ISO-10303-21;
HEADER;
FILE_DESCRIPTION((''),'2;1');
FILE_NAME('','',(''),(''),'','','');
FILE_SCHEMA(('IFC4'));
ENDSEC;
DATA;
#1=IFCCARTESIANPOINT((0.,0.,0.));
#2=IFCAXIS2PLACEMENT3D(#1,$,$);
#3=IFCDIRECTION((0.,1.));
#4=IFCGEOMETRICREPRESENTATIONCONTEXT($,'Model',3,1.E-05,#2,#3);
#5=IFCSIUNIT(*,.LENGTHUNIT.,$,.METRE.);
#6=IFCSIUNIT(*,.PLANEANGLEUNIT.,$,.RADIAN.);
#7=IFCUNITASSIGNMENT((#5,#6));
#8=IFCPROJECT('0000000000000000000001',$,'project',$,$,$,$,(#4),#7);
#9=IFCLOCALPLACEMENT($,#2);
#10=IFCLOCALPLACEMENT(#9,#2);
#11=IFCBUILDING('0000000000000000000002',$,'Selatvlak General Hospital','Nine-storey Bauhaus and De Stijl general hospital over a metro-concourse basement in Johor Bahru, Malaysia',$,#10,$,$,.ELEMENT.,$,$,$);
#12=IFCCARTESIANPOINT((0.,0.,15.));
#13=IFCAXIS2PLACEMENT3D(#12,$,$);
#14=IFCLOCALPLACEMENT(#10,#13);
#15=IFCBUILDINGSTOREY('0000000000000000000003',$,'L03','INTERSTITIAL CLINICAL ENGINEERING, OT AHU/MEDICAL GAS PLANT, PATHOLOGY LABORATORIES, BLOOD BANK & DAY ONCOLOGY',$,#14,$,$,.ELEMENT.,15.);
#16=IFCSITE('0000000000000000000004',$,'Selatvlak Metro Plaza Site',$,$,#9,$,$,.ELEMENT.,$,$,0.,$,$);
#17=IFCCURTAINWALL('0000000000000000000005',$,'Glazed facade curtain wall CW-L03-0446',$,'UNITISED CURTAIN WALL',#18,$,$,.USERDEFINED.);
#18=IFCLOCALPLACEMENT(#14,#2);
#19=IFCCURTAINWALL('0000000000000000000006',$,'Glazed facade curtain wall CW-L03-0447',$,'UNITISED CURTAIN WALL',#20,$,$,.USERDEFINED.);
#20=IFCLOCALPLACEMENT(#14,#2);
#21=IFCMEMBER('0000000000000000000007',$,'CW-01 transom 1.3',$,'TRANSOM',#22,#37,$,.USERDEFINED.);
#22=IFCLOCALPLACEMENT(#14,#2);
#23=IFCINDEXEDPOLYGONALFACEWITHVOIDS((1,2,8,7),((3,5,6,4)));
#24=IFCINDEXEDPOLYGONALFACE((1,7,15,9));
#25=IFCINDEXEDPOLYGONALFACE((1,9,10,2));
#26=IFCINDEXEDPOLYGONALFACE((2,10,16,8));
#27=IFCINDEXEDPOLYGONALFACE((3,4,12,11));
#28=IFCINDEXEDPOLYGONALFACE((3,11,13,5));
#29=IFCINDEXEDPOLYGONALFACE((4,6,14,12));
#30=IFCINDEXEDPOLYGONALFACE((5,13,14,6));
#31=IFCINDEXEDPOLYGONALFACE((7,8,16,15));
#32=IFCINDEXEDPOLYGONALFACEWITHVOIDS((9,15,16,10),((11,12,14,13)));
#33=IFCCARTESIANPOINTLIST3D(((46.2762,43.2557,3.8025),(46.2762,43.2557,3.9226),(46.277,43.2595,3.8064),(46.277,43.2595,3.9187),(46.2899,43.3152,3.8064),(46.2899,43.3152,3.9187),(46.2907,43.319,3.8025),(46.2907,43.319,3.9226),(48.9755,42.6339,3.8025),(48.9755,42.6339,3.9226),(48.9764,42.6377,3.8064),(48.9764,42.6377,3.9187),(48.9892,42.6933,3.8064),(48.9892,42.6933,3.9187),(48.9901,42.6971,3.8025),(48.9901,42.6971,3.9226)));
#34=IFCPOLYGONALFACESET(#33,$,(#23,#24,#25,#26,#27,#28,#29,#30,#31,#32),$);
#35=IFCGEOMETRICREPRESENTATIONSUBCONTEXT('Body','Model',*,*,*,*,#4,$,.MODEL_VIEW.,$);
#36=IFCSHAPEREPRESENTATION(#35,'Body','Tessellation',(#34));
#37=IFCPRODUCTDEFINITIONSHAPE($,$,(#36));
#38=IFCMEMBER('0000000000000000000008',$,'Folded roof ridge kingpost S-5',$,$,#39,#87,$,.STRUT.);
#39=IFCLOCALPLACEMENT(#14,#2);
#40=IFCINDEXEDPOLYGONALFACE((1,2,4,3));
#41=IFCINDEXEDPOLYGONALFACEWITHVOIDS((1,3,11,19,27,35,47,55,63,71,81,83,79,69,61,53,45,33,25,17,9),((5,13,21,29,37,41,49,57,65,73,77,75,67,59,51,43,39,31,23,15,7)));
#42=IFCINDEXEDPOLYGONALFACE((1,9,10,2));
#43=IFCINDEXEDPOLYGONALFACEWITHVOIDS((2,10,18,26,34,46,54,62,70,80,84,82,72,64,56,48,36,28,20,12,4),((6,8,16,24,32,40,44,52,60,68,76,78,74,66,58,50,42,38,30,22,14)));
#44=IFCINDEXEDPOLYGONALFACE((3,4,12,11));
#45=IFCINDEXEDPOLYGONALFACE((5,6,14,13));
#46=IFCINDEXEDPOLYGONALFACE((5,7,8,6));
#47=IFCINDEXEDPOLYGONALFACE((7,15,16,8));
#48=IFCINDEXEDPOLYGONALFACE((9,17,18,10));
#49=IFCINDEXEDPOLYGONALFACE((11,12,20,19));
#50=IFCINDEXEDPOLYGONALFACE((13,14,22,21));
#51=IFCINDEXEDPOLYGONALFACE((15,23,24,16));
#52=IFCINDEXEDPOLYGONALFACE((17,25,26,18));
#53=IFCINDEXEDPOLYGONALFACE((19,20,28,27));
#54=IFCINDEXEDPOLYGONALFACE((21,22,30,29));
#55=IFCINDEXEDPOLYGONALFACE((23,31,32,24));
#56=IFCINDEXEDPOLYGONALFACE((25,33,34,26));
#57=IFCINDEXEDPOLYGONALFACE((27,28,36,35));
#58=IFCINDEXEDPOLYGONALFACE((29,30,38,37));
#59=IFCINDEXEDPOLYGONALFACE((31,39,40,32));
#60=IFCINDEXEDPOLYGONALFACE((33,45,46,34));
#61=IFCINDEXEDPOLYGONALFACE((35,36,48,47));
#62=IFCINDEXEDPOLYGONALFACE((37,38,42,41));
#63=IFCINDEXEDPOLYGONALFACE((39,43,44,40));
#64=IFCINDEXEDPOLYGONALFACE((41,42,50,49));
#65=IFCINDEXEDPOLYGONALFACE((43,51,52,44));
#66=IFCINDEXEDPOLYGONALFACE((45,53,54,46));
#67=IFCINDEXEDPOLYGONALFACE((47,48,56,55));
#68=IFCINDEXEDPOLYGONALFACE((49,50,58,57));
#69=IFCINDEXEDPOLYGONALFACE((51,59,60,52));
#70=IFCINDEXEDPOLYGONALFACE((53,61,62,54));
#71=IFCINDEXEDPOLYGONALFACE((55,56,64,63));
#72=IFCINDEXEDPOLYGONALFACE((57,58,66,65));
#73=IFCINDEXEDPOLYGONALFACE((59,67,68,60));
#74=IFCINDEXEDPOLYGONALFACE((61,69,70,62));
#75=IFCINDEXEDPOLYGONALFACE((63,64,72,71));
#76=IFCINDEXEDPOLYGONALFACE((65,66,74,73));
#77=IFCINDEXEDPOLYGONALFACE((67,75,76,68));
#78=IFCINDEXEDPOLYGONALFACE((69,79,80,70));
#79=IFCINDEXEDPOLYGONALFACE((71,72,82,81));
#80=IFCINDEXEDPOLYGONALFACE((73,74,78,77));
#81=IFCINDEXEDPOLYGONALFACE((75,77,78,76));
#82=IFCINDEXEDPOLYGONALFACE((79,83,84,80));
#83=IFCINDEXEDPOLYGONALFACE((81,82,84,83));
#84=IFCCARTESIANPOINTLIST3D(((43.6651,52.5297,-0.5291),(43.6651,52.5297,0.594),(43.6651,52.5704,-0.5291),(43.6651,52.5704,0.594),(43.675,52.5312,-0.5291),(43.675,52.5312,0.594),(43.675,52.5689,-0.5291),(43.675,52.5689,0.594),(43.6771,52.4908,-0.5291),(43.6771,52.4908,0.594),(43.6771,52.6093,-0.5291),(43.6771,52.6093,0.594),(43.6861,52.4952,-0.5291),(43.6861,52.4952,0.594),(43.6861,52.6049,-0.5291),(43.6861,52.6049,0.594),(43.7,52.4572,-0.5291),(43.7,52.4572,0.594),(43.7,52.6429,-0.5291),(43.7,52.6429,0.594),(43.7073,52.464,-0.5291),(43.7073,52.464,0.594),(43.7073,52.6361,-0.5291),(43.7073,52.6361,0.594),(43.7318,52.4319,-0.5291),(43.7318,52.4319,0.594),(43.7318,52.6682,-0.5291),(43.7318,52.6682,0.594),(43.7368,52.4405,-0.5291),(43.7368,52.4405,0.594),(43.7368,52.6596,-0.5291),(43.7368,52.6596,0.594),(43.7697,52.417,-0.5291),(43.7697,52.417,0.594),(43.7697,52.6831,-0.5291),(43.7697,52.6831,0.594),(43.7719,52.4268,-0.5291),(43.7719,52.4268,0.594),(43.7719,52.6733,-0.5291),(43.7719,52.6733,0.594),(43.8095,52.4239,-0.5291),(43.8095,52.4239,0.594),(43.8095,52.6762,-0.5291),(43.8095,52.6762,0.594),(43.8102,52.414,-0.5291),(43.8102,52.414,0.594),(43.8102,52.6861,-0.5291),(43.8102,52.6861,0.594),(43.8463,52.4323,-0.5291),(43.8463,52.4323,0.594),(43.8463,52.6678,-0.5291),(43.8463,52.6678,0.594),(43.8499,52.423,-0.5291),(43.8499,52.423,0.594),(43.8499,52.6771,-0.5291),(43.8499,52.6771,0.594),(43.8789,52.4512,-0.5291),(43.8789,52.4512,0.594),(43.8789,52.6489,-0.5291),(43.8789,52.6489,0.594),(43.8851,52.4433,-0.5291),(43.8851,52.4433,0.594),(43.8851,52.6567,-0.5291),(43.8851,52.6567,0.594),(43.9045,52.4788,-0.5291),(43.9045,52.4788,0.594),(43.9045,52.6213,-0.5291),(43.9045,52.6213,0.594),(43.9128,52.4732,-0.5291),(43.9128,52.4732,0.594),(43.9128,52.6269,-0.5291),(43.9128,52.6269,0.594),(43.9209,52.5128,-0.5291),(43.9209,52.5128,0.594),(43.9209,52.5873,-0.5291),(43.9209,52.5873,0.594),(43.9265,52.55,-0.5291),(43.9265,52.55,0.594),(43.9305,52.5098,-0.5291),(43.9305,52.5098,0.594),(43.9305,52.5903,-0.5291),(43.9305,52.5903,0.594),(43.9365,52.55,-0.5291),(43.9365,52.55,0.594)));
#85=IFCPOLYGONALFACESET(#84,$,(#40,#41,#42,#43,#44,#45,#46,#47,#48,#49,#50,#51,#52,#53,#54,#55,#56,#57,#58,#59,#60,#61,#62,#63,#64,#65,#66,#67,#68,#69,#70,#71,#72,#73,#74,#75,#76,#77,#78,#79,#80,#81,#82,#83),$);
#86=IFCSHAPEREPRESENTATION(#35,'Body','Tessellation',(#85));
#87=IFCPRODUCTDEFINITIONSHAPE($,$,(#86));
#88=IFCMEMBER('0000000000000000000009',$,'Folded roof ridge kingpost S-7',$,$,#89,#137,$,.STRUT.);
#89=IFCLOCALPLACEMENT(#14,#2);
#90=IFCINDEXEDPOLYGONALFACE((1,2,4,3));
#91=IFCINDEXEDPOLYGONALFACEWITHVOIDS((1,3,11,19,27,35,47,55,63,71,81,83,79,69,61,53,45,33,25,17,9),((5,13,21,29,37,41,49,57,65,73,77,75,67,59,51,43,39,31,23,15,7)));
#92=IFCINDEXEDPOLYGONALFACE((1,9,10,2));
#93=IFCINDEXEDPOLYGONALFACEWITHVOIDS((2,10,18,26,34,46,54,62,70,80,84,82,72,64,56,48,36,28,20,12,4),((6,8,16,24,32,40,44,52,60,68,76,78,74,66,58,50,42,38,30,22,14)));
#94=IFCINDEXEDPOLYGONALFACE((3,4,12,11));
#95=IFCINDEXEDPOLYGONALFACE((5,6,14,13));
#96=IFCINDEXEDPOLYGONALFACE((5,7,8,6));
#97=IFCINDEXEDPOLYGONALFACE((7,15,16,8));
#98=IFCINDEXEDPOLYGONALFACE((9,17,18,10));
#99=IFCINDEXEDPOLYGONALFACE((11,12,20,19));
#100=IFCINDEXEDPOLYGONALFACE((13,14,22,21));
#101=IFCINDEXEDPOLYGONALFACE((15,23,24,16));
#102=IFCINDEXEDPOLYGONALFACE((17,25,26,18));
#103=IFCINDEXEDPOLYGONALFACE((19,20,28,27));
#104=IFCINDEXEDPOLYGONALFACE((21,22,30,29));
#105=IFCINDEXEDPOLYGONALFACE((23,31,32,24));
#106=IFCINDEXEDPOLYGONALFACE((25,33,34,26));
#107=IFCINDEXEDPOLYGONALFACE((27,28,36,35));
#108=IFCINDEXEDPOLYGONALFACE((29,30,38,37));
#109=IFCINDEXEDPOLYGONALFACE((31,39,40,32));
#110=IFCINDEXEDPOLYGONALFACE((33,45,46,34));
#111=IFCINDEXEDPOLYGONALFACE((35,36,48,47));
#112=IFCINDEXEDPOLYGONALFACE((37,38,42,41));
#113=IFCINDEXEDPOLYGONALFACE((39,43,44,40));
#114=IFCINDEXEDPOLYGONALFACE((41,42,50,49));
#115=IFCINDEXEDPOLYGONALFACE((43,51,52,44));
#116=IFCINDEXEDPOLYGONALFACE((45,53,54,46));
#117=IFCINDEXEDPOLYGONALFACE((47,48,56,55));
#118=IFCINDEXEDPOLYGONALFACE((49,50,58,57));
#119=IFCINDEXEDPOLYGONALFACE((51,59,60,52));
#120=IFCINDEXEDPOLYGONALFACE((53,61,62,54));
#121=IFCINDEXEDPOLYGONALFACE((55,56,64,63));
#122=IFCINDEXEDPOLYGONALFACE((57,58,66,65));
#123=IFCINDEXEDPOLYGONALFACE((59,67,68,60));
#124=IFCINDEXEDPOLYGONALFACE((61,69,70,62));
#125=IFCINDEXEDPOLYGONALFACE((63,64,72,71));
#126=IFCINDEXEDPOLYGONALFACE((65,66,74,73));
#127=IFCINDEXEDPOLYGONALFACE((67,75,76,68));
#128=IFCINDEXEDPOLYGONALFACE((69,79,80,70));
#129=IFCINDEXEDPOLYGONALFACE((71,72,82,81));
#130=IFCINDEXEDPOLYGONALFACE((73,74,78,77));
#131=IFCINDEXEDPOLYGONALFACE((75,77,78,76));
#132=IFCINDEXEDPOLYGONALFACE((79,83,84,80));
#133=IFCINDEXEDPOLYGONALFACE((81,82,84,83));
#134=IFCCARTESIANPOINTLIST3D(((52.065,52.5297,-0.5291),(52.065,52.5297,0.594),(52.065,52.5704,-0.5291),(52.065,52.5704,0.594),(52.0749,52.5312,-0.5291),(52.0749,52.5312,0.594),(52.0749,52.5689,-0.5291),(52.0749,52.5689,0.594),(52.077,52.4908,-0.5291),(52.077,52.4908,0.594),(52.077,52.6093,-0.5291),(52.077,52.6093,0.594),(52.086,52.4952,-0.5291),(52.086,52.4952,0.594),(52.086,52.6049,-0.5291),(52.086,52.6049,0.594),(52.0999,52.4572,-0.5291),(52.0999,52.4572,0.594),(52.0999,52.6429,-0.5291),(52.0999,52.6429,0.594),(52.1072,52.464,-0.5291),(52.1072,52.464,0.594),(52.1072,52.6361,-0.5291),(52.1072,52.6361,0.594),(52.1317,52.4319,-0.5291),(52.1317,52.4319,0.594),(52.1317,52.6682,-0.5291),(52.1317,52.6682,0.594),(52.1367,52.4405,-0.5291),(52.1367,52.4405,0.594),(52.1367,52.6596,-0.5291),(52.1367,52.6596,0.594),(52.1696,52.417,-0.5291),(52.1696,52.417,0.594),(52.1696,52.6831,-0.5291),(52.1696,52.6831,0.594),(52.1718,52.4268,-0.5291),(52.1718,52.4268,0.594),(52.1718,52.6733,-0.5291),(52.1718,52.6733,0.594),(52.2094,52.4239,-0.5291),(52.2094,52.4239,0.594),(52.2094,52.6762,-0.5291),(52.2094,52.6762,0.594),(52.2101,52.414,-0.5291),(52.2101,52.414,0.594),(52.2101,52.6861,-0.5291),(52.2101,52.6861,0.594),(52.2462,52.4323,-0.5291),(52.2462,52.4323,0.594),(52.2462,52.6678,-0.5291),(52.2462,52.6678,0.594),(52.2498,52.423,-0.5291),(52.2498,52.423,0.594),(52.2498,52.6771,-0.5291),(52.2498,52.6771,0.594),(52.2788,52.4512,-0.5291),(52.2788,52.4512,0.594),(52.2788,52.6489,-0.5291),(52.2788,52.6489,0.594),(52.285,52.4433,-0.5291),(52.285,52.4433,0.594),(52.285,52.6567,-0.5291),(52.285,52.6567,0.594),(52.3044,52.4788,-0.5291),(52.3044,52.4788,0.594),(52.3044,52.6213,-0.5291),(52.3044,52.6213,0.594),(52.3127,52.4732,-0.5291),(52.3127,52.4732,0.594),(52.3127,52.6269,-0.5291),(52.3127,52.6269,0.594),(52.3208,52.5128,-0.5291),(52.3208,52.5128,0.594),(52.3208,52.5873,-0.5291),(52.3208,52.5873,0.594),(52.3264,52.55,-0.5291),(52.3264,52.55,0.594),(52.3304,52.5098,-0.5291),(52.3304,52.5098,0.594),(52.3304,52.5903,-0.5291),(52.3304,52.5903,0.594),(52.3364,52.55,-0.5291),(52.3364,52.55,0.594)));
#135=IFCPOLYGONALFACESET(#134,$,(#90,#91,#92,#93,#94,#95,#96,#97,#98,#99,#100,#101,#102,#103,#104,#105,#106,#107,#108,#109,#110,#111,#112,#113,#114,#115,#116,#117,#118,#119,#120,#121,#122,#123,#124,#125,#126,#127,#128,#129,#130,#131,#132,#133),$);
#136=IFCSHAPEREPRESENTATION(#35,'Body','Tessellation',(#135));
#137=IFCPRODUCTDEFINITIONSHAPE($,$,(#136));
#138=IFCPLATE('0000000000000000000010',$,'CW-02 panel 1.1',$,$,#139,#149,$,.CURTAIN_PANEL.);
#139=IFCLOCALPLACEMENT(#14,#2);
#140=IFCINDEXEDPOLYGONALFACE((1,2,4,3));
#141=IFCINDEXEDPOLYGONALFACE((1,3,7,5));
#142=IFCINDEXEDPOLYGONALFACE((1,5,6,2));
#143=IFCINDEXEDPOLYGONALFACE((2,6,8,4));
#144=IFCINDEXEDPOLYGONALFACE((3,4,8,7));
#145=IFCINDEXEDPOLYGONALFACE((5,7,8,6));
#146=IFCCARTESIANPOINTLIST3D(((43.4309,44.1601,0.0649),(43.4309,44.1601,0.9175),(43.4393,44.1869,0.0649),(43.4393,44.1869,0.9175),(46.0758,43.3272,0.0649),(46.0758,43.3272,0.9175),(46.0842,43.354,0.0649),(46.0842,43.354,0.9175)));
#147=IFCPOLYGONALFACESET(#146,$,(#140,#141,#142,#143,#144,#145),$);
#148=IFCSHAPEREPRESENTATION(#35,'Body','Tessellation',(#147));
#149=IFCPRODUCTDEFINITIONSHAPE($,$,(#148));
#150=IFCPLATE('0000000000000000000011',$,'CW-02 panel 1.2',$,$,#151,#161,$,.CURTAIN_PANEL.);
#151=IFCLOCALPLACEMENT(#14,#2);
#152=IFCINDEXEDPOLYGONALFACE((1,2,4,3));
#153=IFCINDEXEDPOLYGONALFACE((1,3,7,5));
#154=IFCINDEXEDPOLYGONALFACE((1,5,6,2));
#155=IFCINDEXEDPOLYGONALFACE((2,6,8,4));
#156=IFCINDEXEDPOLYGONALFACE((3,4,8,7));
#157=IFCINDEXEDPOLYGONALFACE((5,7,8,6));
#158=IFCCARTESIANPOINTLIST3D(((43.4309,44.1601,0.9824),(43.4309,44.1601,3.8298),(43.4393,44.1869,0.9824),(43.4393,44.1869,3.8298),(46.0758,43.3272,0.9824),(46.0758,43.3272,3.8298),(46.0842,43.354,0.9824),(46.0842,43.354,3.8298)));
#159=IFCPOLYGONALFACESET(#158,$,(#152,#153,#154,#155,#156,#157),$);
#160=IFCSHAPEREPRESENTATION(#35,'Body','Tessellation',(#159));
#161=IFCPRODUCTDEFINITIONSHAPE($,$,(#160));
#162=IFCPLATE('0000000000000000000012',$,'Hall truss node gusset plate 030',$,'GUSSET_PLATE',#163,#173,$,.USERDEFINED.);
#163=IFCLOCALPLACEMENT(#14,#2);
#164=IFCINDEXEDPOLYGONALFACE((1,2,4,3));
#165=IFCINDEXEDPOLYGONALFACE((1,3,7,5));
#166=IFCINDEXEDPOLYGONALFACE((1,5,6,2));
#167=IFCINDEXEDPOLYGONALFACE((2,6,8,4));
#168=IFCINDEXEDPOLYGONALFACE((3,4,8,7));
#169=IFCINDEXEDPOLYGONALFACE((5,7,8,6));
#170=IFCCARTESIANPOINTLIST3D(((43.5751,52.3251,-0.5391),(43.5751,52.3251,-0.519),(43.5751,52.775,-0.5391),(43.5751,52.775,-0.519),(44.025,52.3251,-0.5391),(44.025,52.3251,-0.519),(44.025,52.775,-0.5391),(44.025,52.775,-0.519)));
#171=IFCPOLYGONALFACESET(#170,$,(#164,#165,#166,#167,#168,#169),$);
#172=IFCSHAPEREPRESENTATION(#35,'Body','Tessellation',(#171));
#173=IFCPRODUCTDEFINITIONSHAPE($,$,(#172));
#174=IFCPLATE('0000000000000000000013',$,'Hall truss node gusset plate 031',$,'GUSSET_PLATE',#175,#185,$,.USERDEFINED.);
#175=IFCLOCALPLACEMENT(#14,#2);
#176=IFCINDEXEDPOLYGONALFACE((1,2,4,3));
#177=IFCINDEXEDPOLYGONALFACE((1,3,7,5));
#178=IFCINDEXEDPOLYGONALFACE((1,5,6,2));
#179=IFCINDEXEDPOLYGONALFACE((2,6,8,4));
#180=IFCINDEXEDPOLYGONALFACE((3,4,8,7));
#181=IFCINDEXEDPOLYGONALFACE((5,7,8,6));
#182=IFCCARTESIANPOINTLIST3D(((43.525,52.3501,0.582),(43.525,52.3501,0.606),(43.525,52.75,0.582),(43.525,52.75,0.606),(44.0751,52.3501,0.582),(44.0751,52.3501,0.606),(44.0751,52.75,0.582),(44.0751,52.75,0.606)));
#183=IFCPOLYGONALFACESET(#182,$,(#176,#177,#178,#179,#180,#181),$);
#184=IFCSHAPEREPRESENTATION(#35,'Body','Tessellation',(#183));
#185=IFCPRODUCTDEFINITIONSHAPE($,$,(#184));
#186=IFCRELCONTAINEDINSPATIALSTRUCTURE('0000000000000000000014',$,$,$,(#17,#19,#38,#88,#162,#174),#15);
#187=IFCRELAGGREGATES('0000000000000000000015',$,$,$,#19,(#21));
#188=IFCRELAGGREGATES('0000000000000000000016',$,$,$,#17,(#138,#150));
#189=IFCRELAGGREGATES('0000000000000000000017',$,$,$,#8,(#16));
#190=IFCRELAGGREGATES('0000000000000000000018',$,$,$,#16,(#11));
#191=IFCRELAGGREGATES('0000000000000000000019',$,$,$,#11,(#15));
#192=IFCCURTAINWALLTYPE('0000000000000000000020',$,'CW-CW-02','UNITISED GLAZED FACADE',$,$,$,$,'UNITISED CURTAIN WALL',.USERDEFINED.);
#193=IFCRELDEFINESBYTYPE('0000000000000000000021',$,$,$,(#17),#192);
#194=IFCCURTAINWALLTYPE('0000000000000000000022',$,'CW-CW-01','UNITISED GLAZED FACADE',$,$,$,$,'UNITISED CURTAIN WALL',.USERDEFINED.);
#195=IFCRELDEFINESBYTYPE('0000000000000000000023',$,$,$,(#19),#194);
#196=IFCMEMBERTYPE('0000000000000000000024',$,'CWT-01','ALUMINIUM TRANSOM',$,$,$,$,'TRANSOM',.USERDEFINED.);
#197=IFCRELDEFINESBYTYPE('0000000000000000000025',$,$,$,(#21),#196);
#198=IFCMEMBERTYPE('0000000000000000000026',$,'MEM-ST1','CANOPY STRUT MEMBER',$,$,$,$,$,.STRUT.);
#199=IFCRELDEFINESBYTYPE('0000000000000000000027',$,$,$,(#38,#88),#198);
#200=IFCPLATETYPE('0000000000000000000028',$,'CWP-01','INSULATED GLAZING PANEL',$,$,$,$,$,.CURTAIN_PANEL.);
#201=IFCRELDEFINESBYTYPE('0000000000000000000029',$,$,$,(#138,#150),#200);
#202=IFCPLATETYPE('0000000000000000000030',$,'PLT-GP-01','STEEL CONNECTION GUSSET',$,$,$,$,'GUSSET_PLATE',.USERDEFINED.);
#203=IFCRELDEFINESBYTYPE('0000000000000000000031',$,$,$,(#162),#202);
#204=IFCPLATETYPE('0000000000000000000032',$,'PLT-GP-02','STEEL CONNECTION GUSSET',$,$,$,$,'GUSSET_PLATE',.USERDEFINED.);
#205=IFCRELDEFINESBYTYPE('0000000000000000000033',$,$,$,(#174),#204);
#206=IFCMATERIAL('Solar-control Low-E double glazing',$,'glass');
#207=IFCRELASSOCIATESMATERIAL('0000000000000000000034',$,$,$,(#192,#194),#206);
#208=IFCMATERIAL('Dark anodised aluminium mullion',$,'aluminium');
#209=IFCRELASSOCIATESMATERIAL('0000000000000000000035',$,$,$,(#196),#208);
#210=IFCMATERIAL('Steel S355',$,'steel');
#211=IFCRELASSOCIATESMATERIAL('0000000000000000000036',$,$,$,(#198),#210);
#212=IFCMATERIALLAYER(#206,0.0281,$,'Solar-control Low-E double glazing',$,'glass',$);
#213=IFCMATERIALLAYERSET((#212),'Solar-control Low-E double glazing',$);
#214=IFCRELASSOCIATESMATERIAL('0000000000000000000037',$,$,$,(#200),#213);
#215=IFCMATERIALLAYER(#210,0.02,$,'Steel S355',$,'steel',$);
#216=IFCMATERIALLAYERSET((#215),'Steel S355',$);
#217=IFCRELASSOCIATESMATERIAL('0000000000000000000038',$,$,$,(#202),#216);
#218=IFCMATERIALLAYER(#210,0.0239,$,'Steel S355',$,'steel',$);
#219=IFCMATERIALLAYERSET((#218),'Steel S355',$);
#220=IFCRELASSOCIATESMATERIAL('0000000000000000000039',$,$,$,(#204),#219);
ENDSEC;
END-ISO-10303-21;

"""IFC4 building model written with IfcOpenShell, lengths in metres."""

from ifc_helpers import new_model, si_unit, direction, frame, origin, origin_2d, place, context, subcontext, project, spatial, rectangle, hollow_rectangle, hollow_circle, extrude, material, layer, layer_set, material_profile, profile_set, type_object, element, aggregate, save


model = new_model("IFC4")

# Units and contexts
model_context = context("Model", 3, precision=1e-05, world=origin(), true_north=direction((0.0, 1.0)))
body_context = subcontext(model_context, "Body", "Model", "MODEL_VIEW")
ifc_project = project(units=[si_unit("LENGTHUNIT", "METRE"), si_unit("PLANEANGLEUNIT", "RADIAN")], contexts=[model_context])

# Site, building, storey
site_placement = place(None, origin())
site = spatial("IfcSite", under=ifc_project, at=site_placement, Name="Selatvlak Metro Plaza Site", CompositionType="ELEMENT", RefElevation=0.0)
building_placement = place(site_placement, origin())
building = spatial("IfcBuilding", under=site, at=building_placement, Name="Selatvlak General Hospital", Description="Nine-storey Bauhaus and De Stijl general hospital over a metro-concourse basement in Johor Bahru, Malaysia", CompositionType="ELEMENT")
storey_placement = place(building_placement, frame((0.0, 0.0, 15.0)))
storey = spatial("IfcBuildingStorey", under=building, at=storey_placement, Name="L03", Description="INTERSTITIAL CLINICAL ENGINEERING, OT AHU/MEDICAL GAS PLANT, PATHOLOGY LABORATORIES, BLOOD BANK & DAY ONCOLOGY", CompositionType="ELEMENT", Elevation=15.0)

# Shared definitions
ifc_material_1 = material(Name="Steel S355", Category="steel")

# Curtain walls
ifc_material_2 = material(Name="Solar-control Low-E double glazing", Category="glass")
curtain_wall_type_1 = type_object("IfcCurtainWallType", Name="CW-CW-02", Description="UNITISED GLAZED FACADE", ElementType="UNITISED CURTAIN WALL", PredefinedType="USERDEFINED", material=ifc_material_2)
curtain_wall_1_placement = place(storey_placement, origin())
curtain_wall_1 = element("IfcCurtainWall", 1, at=curtain_wall_1_placement, inside=storey, type_object=curtain_wall_type_1, Name="Glazed facade curtain wall CW-L03-0446", ObjectType="UNITISED CURTAIN WALL", PredefinedType="USERDEFINED")
ifc_material_3 = material(Name="Dark anodised aluminium mullion", Category="aluminium")
curtain_wall_type_2 = type_object("IfcCurtainWallType", Name="CW-CW-01", Description="UNITISED GLAZED FACADE", ElementType="UNITISED CURTAIN WALL", PredefinedType="USERDEFINED", material=ifc_material_2)
curtain_wall_2_placement = place(storey_placement, origin())
curtain_wall_2 = element("IfcCurtainWall", 2, at=curtain_wall_2_placement, inside=storey, type_object=curtain_wall_type_2, Name="Glazed facade curtain wall CW-L03-0447", ObjectType="UNITISED CURTAIN WALL", PredefinedType="USERDEFINED")

# Member
ifc_material_profile_1 = material_profile(ifc_material_3, hollow_rectangle(XDim=0.0649, YDim=0.1201, WallThickness=0.0039, at=origin_2d()), Name="AL-TRN 65x120x4")
ifc_profile_set_1 = profile_set([ifc_material_profile_1], Name="Dark anodised aluminium mullion")
member_type_1 = type_object("IfcMemberType", Name="CWT-01", Description="ALUMINIUM TRANSOM", ElementType="TRANSOM", PredefinedType="USERDEFINED", material=ifc_profile_set_1)
member_1_placement = place(storey_placement, frame((46.2834, 43.2874, 3.8625), z_axis=(0.974476, -0.224493, 0.0), x_axis=(0.224493, 0.974476, 0.0)))
member_1 = element("IfcMember", 3, at=member_1_placement, type_object=member_type_1, Name="CW-01 transom 1.3", ObjectType="TRANSOM", PredefinedType="USERDEFINED", context=body_context, shape_type="SweptSolid", body=[
    extrude(hollow_rectangle(XDim=0.0649, YDim=0.1201, WallThickness=0.0039, at=origin_2d()), origin(), (0.0, 0.0, 1.0), 2.77),
])
aggregate(curtain_wall_2, [member_1])

# Members
ifc_material_profile_2 = material_profile(ifc_material_1, hollow_circle(Radius=0.1365, WallThickness=0.01, at=origin_2d()), Name="CHS 273.0x10")
ifc_profile_set_2 = profile_set([ifc_material_profile_2], Name="Steel S355")
member_type_2 = type_object("IfcMemberType", Name="MEM-ST1", Description="CANOPY STRUT MEMBER", PredefinedType="STRUT", material=ifc_profile_set_2)
for number, where, z_axis, x_axis, name in (
    (4, (43.8, 52.55, -0.5291), (0.0, 0.0, 1.0), (1.0, 0.0, 0.0), "Folded roof ridge kingpost S-5"),
    (5, (52.2, 52.55, -0.5291), (0.0, 0.0, 1.0), (1.0, 0.0, 0.0), "Folded roof ridge kingpost S-7"),
):
    element("IfcMember", number, at=place(storey_placement, frame(where, z_axis=z_axis, x_axis=x_axis)), inside=storey, type_object=member_type_2, Name=name, PredefinedType="STRUT", context=body_context, shape_type="SweptSolid", body=[
        extrude(hollow_circle(Radius=0.1365, WallThickness=0.01, at=origin_2d()), origin(), (0.0, 0.0, 1.0), 1.123),
    ])

# Plates
ifc_layer_1 = layer(ifc_material_2, 0.0281, Name="Solar-control Low-E double glazing", Category="glass")
ifc_layer_set_1 = layer_set([ifc_layer_1], Name="Solar-control Low-E double glazing")
plate_type_1 = type_object("IfcPlateType", Name="CWP-01", Description="INSULATED GLAZING PANEL", PredefinedType="CURTAIN_PANEL", material=ifc_layer_set_1)
plate_1_placement = place(storey_placement, frame((44.7576, 43.7571, 0.0649), z_axis=(0.0, 0.0, 1.0), x_axis=(0.953822, -0.300373, 0.0)))
plate_1 = element("IfcPlate", 6, at=plate_1_placement, type_object=plate_type_1, Name="CW-02 panel 1.1", PredefinedType="CURTAIN_PANEL", context=body_context, shape_type="SweptSolid", body=[
    extrude(rectangle(XDim=2.7729, YDim=0.0281, at=origin_2d()), origin(), (0.0, 0.0, 1.0), 0.8525),
])
plate_2_placement = place(storey_placement, frame((44.7576, 43.7571, 0.9824), z_axis=(0.0, 0.0, 1.0), x_axis=(0.953822, -0.300373, 0.0)))
plate_2 = element("IfcPlate", 7, at=plate_2_placement, type_object=plate_type_1, Name="CW-02 panel 1.2", PredefinedType="CURTAIN_PANEL", context=body_context, shape_type="SweptSolid", body=[
    extrude(rectangle(XDim=2.7729, YDim=0.0281, at=origin_2d()), origin(), (0.0, 0.0, 1.0), 2.8474),
])
aggregate(curtain_wall_1, [plate_1, plate_2])

# Plates
ifc_layer_2 = layer(ifc_material_1, 0.02, Name="Steel S355", Category="steel")
ifc_layer_set_2 = layer_set([ifc_layer_2], Name="Steel S355")
plate_type_2 = type_object("IfcPlateType", Name="PLT-GP-01", Description="STEEL CONNECTION GUSSET", ElementType="GUSSET_PLATE", PredefinedType="USERDEFINED", material=ifc_layer_set_2)
plate_3_placement = place(storey_placement, frame((43.8, 52.55, -0.5391), z_axis=(0.0, 0.0, 1.0), x_axis=(1.0, 0.0, 0.0)))
element("IfcPlate", 8, at=plate_3_placement, inside=storey, type_object=plate_type_2, Name="Hall truss node gusset plate 030", ObjectType="GUSSET_PLATE", PredefinedType="USERDEFINED", context=body_context, shape_type="SweptSolid", body=[
    extrude(rectangle(XDim=0.45, YDim=0.45, at=origin_2d()), origin(), (0.0, 0.0, 1.0), 0.02),
])
ifc_layer_3 = layer(ifc_material_1, 0.0239, Name="Steel S355", Category="steel")
ifc_layer_set_3 = layer_set([ifc_layer_3], Name="Steel S355")
plate_type_3 = type_object("IfcPlateType", Name="PLT-GP-02", Description="STEEL CONNECTION GUSSET", ElementType="GUSSET_PLATE", PredefinedType="USERDEFINED", material=ifc_layer_set_3)
plate_4_placement = place(storey_placement, frame((43.8, 52.55, 0.582), z_axis=(0.0, 0.0, 1.0), x_axis=(1.0, 0.0, 0.0)))
element("IfcPlate", 9, at=plate_4_placement, inside=storey, type_object=plate_type_3, Name="Hall truss node gusset plate 031", ObjectType="GUSSET_PLATE", PredefinedType="USERDEFINED", context=body_context, shape_type="SweptSolid", body=[
    extrude(rectangle(XDim=0.55, YDim=0.3999, at=origin_2d()), origin(), (0.0, 0.0, 1.0), 0.0239),
])

save(model, "model.ifc")
